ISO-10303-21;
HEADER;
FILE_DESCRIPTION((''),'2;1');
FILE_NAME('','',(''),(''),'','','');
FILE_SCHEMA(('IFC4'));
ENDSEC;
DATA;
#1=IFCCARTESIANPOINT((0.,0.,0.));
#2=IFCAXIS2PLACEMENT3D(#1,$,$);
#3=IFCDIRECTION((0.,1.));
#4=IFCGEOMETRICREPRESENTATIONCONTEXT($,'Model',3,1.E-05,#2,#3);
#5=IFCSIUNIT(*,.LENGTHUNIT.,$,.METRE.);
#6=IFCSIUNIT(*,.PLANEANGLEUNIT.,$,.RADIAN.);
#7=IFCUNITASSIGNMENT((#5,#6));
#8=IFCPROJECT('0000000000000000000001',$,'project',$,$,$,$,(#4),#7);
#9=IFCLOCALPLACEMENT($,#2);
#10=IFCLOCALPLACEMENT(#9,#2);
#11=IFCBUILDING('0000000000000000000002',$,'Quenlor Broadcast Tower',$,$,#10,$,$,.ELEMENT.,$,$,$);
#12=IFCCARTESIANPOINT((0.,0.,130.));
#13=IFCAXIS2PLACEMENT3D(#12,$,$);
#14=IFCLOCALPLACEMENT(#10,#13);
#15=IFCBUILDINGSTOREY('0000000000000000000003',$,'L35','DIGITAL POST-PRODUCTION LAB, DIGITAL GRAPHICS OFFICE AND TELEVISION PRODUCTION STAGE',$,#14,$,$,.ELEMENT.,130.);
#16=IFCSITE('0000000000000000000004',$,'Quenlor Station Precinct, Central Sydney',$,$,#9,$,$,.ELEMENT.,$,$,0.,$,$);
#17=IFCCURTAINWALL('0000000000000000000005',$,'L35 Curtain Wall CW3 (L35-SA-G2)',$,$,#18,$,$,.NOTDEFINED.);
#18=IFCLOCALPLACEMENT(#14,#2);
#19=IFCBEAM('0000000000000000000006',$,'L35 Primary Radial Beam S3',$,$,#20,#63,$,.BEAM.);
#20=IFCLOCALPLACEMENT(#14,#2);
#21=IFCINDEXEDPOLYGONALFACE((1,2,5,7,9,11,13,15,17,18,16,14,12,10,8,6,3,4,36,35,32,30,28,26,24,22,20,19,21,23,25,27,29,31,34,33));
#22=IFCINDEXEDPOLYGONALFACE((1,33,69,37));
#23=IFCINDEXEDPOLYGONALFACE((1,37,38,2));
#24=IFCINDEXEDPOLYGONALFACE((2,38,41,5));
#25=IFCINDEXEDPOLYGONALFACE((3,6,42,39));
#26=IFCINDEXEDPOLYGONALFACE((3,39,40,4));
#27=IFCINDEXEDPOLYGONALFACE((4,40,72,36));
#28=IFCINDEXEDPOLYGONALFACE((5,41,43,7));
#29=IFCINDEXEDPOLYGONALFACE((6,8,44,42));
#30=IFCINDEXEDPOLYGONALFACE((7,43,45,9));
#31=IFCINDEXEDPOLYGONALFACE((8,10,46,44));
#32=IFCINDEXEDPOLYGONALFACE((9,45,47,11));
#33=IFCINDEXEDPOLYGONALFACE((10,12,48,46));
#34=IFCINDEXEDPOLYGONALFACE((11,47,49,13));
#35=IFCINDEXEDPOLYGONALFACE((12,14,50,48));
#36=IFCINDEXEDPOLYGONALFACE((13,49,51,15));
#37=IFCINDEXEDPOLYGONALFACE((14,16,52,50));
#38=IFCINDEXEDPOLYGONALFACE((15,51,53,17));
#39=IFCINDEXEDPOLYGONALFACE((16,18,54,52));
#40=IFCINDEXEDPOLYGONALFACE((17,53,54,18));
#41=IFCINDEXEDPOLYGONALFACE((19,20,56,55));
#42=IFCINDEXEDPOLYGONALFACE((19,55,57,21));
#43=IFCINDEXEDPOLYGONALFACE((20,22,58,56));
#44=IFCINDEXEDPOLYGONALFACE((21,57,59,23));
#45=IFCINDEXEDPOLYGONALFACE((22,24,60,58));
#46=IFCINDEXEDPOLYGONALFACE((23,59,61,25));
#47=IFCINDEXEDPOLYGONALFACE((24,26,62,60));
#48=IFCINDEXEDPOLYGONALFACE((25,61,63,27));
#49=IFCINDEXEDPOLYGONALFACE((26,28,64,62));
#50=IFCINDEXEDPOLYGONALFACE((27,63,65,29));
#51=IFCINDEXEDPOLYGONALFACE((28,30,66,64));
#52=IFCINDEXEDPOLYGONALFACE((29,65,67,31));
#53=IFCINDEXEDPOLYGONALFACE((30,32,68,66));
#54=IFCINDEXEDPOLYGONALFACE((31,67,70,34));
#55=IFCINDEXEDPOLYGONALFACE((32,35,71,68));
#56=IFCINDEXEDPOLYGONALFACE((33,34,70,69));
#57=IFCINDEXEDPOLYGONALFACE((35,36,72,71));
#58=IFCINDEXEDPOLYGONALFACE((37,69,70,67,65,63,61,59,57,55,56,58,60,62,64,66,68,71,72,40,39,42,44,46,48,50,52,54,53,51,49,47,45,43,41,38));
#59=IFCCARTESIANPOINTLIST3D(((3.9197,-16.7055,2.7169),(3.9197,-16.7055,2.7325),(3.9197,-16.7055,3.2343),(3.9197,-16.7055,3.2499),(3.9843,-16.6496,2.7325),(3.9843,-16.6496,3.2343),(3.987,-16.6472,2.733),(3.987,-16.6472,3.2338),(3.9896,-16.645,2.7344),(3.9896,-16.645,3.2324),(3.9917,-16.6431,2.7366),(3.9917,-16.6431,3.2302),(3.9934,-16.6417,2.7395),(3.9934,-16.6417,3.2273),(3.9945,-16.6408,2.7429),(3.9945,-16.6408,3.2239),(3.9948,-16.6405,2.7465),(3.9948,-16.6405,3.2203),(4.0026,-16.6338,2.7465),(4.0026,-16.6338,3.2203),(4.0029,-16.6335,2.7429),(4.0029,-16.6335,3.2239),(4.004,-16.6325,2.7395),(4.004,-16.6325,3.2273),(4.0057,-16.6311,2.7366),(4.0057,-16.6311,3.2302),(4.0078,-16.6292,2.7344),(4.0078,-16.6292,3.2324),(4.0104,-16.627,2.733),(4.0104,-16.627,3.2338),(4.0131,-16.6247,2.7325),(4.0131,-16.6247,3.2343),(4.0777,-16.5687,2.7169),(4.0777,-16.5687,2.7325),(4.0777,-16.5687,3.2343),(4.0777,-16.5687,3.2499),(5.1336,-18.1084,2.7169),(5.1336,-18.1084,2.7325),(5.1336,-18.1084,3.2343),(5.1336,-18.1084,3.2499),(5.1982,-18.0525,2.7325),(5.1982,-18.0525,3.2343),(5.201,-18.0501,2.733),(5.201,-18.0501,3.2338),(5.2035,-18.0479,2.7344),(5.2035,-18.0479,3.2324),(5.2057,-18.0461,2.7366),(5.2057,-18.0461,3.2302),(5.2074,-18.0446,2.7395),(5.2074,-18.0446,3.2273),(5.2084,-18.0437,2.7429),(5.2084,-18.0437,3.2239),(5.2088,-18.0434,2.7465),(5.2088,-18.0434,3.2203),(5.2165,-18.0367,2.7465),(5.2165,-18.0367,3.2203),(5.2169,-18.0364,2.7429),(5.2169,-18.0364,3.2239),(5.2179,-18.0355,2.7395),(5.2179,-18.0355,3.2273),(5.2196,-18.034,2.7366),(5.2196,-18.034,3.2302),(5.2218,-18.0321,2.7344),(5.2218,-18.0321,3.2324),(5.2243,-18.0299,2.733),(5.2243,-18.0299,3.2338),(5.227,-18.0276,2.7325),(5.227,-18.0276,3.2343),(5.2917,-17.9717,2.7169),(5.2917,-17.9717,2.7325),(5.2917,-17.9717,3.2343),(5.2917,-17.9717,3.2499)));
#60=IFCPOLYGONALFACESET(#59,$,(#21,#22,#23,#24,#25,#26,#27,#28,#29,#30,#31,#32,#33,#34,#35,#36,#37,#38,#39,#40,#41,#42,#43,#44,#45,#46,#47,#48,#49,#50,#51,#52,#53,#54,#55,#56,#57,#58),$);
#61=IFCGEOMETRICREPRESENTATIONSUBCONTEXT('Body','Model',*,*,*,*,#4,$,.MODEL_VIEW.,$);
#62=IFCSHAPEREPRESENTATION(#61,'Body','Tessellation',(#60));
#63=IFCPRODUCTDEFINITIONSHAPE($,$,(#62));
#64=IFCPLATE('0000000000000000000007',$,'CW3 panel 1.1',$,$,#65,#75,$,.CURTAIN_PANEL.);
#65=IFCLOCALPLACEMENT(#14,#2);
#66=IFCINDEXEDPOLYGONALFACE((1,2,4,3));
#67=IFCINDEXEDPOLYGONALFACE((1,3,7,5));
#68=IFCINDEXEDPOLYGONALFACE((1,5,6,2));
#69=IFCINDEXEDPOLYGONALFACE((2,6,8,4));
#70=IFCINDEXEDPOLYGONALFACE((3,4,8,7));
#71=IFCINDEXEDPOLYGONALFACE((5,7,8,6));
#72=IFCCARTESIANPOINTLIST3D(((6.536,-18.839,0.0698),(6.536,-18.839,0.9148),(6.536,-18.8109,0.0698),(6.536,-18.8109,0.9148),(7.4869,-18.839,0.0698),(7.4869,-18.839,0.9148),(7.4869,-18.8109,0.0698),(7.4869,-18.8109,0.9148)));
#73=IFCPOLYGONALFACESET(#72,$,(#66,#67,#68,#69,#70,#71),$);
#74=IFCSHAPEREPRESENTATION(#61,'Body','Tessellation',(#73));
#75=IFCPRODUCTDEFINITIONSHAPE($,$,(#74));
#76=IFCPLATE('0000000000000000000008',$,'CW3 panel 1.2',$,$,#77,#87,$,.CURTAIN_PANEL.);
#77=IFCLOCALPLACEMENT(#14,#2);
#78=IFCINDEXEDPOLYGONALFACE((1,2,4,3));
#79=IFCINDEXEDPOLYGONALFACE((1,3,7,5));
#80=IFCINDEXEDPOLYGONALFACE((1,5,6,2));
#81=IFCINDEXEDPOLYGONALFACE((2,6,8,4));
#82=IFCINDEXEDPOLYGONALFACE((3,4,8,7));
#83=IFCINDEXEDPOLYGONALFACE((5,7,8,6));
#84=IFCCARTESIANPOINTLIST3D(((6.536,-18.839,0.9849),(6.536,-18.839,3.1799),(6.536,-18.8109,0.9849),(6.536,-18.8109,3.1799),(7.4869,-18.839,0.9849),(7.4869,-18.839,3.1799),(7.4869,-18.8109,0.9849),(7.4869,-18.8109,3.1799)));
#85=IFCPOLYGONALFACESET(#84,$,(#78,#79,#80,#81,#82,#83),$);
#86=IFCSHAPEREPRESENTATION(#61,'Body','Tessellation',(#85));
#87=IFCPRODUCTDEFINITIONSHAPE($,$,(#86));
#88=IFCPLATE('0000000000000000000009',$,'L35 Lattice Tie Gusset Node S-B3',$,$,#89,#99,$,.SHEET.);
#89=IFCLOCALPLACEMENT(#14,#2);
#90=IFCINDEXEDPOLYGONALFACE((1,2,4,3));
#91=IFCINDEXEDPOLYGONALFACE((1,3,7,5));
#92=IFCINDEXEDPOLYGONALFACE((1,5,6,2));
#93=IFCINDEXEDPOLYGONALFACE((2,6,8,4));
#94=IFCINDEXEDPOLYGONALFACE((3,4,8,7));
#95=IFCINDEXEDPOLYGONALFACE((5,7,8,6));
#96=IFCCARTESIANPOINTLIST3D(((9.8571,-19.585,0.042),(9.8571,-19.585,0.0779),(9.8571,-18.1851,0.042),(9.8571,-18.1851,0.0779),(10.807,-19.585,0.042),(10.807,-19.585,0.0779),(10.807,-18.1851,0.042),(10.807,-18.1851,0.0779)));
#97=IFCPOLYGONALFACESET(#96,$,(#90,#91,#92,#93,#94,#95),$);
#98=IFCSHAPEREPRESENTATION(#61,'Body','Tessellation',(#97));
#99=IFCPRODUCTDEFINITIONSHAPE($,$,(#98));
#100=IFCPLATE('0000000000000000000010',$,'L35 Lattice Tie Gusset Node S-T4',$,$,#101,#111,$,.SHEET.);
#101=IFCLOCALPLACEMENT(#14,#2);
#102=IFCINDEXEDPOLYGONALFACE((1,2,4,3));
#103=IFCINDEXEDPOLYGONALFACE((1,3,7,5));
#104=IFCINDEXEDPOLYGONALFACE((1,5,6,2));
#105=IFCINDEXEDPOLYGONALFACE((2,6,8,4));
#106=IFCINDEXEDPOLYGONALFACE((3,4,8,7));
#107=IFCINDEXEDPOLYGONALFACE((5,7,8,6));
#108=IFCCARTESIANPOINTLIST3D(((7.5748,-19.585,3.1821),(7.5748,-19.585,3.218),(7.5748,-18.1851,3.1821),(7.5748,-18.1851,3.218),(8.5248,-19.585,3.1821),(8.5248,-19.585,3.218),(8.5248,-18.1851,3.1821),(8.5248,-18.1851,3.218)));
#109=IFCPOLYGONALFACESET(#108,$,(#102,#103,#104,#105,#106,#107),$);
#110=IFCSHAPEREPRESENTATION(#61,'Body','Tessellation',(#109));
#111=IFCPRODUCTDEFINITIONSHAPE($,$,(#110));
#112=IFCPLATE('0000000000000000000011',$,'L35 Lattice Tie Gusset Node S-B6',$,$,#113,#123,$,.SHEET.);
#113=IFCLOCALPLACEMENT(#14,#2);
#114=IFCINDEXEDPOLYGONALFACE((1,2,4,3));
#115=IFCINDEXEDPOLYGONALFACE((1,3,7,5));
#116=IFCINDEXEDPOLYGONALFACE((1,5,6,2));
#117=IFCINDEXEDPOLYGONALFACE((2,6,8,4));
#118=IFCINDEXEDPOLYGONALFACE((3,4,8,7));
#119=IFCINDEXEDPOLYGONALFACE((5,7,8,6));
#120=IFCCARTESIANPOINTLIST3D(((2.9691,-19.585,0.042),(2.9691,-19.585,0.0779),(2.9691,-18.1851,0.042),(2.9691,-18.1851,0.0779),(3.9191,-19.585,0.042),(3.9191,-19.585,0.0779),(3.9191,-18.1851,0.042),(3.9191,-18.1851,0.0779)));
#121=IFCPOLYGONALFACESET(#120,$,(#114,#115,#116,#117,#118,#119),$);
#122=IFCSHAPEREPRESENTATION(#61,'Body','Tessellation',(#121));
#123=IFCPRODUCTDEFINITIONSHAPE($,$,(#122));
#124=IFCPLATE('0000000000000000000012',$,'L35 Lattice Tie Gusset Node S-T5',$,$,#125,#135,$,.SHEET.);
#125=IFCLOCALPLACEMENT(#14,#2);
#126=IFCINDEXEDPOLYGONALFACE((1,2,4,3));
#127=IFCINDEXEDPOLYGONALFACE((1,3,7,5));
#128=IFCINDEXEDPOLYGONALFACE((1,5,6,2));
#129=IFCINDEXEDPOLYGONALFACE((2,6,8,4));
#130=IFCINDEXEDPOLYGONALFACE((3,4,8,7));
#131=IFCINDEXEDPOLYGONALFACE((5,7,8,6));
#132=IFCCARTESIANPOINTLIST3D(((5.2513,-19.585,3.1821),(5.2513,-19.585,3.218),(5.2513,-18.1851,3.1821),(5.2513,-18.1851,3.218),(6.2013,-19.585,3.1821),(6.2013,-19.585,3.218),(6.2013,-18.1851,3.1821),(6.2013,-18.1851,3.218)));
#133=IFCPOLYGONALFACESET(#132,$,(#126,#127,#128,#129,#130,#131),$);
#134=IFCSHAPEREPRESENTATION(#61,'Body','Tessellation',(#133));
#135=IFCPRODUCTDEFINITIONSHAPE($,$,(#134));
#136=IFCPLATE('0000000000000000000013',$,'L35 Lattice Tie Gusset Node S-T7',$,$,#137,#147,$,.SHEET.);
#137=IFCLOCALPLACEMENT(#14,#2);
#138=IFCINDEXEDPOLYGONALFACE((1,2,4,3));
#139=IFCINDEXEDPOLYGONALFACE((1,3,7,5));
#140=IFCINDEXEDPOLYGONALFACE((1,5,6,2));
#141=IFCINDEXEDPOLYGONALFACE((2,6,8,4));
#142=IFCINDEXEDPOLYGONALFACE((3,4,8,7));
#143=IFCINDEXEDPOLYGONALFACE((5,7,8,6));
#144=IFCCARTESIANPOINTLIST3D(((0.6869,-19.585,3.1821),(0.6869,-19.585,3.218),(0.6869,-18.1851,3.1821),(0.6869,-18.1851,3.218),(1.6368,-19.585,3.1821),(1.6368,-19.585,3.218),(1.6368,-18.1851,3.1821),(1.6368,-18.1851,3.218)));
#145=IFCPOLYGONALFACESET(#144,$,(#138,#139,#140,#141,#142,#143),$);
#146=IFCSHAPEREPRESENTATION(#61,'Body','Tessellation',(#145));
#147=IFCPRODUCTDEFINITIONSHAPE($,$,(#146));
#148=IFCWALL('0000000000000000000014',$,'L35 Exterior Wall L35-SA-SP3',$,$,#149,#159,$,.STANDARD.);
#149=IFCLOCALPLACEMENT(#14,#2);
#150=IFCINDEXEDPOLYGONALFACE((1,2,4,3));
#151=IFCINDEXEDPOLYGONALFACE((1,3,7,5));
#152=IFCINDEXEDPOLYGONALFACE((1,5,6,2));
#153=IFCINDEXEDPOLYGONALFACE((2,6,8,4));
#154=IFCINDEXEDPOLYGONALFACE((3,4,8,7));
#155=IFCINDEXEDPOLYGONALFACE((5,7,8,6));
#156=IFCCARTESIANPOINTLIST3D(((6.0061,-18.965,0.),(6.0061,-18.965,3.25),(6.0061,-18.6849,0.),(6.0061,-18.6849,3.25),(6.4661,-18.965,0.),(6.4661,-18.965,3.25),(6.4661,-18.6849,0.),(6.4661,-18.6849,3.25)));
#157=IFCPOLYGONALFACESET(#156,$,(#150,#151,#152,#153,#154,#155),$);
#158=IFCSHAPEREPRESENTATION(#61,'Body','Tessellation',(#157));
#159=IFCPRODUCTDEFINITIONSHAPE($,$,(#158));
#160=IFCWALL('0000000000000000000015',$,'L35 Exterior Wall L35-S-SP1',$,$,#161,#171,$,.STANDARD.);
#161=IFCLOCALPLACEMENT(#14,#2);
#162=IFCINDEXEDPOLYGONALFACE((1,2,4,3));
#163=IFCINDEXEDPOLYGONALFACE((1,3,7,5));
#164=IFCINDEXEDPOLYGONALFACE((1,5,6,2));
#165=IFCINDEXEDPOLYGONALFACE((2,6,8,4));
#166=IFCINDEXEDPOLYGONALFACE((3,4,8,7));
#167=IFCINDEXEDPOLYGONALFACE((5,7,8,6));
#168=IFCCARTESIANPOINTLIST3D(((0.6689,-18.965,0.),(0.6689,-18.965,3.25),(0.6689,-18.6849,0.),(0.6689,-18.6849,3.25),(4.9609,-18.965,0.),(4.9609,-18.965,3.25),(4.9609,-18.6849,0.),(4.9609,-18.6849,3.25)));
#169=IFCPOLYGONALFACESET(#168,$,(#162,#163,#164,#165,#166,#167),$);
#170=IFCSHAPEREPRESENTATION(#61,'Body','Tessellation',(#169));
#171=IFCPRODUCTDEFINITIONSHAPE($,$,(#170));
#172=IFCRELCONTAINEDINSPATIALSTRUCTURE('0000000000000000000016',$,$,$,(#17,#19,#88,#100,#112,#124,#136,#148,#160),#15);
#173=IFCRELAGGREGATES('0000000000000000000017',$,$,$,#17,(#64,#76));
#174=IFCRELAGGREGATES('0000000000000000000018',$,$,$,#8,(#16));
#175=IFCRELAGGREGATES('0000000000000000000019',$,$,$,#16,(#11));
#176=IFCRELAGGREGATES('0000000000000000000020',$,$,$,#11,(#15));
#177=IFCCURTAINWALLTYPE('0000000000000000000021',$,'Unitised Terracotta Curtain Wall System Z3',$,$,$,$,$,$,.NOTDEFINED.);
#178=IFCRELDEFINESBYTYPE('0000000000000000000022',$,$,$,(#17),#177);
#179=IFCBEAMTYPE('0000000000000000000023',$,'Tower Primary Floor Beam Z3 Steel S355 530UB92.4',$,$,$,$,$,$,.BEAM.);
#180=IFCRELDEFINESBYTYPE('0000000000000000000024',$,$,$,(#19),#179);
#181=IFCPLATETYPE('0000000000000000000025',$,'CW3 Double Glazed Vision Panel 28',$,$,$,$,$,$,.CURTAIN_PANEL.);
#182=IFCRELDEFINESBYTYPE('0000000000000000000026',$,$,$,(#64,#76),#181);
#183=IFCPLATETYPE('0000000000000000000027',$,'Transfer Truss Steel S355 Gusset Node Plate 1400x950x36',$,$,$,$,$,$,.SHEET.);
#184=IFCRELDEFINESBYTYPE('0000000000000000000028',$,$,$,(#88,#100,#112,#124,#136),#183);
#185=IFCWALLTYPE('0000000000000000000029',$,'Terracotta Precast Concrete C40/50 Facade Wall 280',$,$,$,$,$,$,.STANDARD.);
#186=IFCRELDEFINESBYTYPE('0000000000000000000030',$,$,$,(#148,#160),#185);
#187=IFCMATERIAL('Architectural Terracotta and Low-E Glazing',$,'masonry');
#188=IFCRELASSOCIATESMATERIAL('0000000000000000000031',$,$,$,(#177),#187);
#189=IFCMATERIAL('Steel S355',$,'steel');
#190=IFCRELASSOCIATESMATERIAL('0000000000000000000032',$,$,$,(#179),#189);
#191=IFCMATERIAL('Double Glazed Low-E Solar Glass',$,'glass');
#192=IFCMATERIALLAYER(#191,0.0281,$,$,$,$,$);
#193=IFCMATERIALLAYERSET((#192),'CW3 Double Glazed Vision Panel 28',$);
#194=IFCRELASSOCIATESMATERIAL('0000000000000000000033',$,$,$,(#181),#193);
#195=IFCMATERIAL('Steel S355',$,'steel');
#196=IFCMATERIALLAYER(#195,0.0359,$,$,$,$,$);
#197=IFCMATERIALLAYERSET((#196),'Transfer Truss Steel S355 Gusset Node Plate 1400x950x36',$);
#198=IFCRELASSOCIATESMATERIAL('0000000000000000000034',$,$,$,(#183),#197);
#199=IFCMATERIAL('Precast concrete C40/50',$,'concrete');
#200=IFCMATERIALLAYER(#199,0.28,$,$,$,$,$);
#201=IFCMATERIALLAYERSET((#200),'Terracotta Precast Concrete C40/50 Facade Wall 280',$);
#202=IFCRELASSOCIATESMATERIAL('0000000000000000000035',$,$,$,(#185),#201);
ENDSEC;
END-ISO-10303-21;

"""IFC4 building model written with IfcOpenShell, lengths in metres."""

from ifc_helpers import new_model, si_unit, direction, frame, frame_2d, origin, origin_2d, place, context, subcontext, project, spatial, rectangle, i_section, extrude, material, layer, layer_set, material_profile, profile_set, type_object, element, aggregate, save


model = new_model("IFC4")

# Units and contexts
model_context = context("Model", 3, precision=1e-05, world=origin(), true_north=direction((0.0, 1.0)))
body_context = subcontext(model_context, "Body", "Model", "MODEL_VIEW")
ifc_project = project(units=[si_unit("LENGTHUNIT", "METRE"), si_unit("PLANEANGLEUNIT", "RADIAN")], contexts=[model_context])

# Site, building, storey
site_placement = place(None, origin())
site = spatial("IfcSite", under=ifc_project, at=site_placement, Name="Quenlor Station Precinct, Central Sydney", CompositionType="ELEMENT", RefElevation=0.0)
building_placement = place(site_placement, origin())
building = spatial("IfcBuilding", under=site, at=building_placement, Name="Quenlor Broadcast Tower", CompositionType="ELEMENT")
storey_placement = place(building_placement, frame((0.0, 0.0, 130.0)))
storey = spatial("IfcBuildingStorey", under=building, at=storey_placement, Name="L35", Description="DIGITAL POST-PRODUCTION LAB, DIGITAL GRAPHICS OFFICE AND TELEVISION PRODUCTION STAGE", CompositionType="ELEMENT", Elevation=130.0)

# Curtain wall
ifc_material_1 = material(Name="Architectural Terracotta and Low-E Glazing", Category="masonry")
curtain_wall_type = type_object("IfcCurtainWallType", Name="Unitised Terracotta Curtain Wall System Z3", PredefinedType="NOTDEFINED", material=ifc_material_1)
curtain_wall_1_placement = place(storey_placement, origin())
curtain_wall_1 = element("IfcCurtainWall", 1, at=curtain_wall_1_placement, inside=storey, type_object=curtain_wall_type, Name="L35 Curtain Wall CW3 (L35-SA-G2)", PredefinedType="NOTDEFINED")

# Beam
ifc_material_2 = material(Name="Steel S355", Category="steel")
ifc_material_profile_1 = material_profile(ifc_material_2, i_section(OverallWidth=0.209, OverallDepth=0.533, WebThickness=0.0103, FlangeThickness=0.0156, FilletRadius=0.0139, at=origin_2d()))
ifc_profile_set_1 = profile_set([ifc_material_profile_1], Name="Steel S355 530UB92.4")
beam_type_1 = type_object("IfcBeamType", Name="Tower Primary Floor Beam Z3 Steel S355 530UB92.4", PredefinedType="BEAM", material=ifc_profile_set_1)
beam_1_placement = place(storey_placement, frame((5.2126, -18.04, 2.9834), z_axis=(-0.654339, 0.756201, 0.0), x_axis=(-0.756201, -0.654339, 0.0)))
element("IfcBeam", 2, at=beam_1_placement, inside=storey, type_object=beam_type_1, Name="L35 Primary Radial Beam S3", PredefinedType="BEAM", context=body_context, shape_type="SweptSolid", body=[
    extrude(i_section(OverallWidth=0.209, OverallDepth=0.533, WebThickness=0.0103, FlangeThickness=0.0156, FilletRadius=0.0139, at=origin_2d()), origin(), (0.0, 0.0, 1.0), 1.8552),
])

# Plates
ifc_material_3 = material(Name="Double Glazed Low-E Solar Glass", Category="glass")
ifc_layer_1 = layer(ifc_material_3, 0.0281)
ifc_layer_set_1 = layer_set([ifc_layer_1], Name="CW3 Double Glazed Vision Panel 28")
plate_type_1 = type_object("IfcPlateType", Name="CW3 Double Glazed Vision Panel 28", PredefinedType="CURTAIN_PANEL", material=ifc_layer_set_1)
plate_1_placement = place(storey_placement, frame((7.0115, -18.825, 0.0698), z_axis=(0.0, 0.0, 1.0), x_axis=(-1.0, 0.0, 0.0)))
plate_1 = element("IfcPlate", 3, at=plate_1_placement, type_object=plate_type_1, Name="CW3 panel 1.1", PredefinedType="CURTAIN_PANEL", context=body_context, shape_type="SweptSolid", body=[
    extrude(rectangle(XDim=0.9509, YDim=0.0281, at=origin_2d()), origin(), (0.0, 0.0, 1.0), 0.845),
])
plate_2_placement = place(storey_placement, frame((7.0115, -18.825, 0.9849), z_axis=(0.0, 0.0, 1.0), x_axis=(-1.0, 0.0, 0.0)))
plate_2 = element("IfcPlate", 4, at=plate_2_placement, type_object=plate_type_1, Name="CW3 panel 1.2", PredefinedType="CURTAIN_PANEL", context=body_context, shape_type="SweptSolid", body=[
    extrude(rectangle(XDim=0.9509, YDim=0.0281, at=origin_2d()), origin(), (0.0, 0.0, 1.0), 2.1951),
])
aggregate(curtain_wall_1, [plate_1, plate_2])

# Plates
ifc_material_4 = material(Name="Steel S355", Category="steel")
ifc_layer_2 = layer(ifc_material_4, 0.0359)
ifc_layer_set_2 = layer_set([ifc_layer_2], Name="Transfer Truss Steel S355 Gusset Node Plate 1400x950x36")
plate_type_2 = type_object("IfcPlateType", Name="Transfer Truss Steel S355 Gusset Node Plate 1400x950x36", PredefinedType="SHEET", material=ifc_layer_set_2)
for number, where, z_axis, x_axis, name in (
    (5, (10.332, -18.885, 0.042), (0.0, 0.0, 1.0), (0.0, -1.0, 0.0), "L35 Lattice Tie Gusset Node S-B3"),
    (6, (8.0498, -18.885, 3.1821), (0.0, 0.0, 1.0), (0.0, -1.0, 0.0), "L35 Lattice Tie Gusset Node S-T4"),
    (7, (3.4441, -18.885, 0.042), (0.0, 0.0, 1.0), (0.0, -1.0, 0.0), "L35 Lattice Tie Gusset Node S-B6"),
    (8, (5.7263, -18.885, 3.1821), (0.0, 0.0, 1.0), (0.0, -1.0, 0.0), "L35 Lattice Tie Gusset Node S-T5"),
    (9, (1.1619, -18.885, 3.1821), (0.0, 0.0, 1.0), (0.0, -1.0, 0.0), "L35 Lattice Tie Gusset Node S-T7"),
):
    element("IfcPlate", number, at=place(storey_placement, frame(where, z_axis=z_axis, x_axis=x_axis)), inside=storey, type_object=plate_type_2, Name=name, PredefinedType="SHEET", context=body_context, shape_type="SweptSolid", body=[
        extrude(rectangle(XDim=1.3999, YDim=0.95, at=origin_2d()), origin(), (0.0, 0.0, 1.0), 0.0359),
    ])

# Walls
ifc_material_5 = material(Name="Precast concrete C40/50", Category="concrete")
ifc_layer_3 = layer(ifc_material_5, 0.28)
ifc_layer_set_3 = layer_set([ifc_layer_3], Name="Terracotta Precast Concrete C40/50 Facade Wall 280")
wall_type = type_object("IfcWallType", Name="Terracotta Precast Concrete C40/50 Facade Wall 280", PredefinedType="STANDARD", material=ifc_layer_set_3)
wall_1_placement = place(storey_placement, frame((6.4661, -18.825, 0.0), z_axis=(0.0, 0.0, 1.0), x_axis=(-1.0, 0.0, 0.0)))
element("IfcWall", 10, at=wall_1_placement, inside=storey, type_object=wall_type, Name="L35 Exterior Wall L35-SA-SP3", PredefinedType="STANDARD", context=body_context, shape_type="SweptSolid", body=[
    extrude(rectangle(XDim=0.46, YDim=0.28, at=frame_2d((0.23, 0.0))), origin(), (0.0, 0.0, 1.0), 3.25),
])
wall_2_placement = place(storey_placement, frame((4.9609, -18.825, 0.0), z_axis=(0.0, 0.0, 1.0), x_axis=(-1.0, 0.0, 0.0)))
element("IfcWall", 11, at=wall_2_placement, inside=storey, type_object=wall_type, Name="L35 Exterior Wall L35-S-SP1", PredefinedType="STANDARD", context=body_context, shape_type="SweptSolid", body=[
    extrude(rectangle(XDim=4.292, YDim=0.28, at=frame_2d((2.146, 0.0))), origin(), (0.0, 0.0, 1.0), 3.25),
])

save(model, "model.ifc")
